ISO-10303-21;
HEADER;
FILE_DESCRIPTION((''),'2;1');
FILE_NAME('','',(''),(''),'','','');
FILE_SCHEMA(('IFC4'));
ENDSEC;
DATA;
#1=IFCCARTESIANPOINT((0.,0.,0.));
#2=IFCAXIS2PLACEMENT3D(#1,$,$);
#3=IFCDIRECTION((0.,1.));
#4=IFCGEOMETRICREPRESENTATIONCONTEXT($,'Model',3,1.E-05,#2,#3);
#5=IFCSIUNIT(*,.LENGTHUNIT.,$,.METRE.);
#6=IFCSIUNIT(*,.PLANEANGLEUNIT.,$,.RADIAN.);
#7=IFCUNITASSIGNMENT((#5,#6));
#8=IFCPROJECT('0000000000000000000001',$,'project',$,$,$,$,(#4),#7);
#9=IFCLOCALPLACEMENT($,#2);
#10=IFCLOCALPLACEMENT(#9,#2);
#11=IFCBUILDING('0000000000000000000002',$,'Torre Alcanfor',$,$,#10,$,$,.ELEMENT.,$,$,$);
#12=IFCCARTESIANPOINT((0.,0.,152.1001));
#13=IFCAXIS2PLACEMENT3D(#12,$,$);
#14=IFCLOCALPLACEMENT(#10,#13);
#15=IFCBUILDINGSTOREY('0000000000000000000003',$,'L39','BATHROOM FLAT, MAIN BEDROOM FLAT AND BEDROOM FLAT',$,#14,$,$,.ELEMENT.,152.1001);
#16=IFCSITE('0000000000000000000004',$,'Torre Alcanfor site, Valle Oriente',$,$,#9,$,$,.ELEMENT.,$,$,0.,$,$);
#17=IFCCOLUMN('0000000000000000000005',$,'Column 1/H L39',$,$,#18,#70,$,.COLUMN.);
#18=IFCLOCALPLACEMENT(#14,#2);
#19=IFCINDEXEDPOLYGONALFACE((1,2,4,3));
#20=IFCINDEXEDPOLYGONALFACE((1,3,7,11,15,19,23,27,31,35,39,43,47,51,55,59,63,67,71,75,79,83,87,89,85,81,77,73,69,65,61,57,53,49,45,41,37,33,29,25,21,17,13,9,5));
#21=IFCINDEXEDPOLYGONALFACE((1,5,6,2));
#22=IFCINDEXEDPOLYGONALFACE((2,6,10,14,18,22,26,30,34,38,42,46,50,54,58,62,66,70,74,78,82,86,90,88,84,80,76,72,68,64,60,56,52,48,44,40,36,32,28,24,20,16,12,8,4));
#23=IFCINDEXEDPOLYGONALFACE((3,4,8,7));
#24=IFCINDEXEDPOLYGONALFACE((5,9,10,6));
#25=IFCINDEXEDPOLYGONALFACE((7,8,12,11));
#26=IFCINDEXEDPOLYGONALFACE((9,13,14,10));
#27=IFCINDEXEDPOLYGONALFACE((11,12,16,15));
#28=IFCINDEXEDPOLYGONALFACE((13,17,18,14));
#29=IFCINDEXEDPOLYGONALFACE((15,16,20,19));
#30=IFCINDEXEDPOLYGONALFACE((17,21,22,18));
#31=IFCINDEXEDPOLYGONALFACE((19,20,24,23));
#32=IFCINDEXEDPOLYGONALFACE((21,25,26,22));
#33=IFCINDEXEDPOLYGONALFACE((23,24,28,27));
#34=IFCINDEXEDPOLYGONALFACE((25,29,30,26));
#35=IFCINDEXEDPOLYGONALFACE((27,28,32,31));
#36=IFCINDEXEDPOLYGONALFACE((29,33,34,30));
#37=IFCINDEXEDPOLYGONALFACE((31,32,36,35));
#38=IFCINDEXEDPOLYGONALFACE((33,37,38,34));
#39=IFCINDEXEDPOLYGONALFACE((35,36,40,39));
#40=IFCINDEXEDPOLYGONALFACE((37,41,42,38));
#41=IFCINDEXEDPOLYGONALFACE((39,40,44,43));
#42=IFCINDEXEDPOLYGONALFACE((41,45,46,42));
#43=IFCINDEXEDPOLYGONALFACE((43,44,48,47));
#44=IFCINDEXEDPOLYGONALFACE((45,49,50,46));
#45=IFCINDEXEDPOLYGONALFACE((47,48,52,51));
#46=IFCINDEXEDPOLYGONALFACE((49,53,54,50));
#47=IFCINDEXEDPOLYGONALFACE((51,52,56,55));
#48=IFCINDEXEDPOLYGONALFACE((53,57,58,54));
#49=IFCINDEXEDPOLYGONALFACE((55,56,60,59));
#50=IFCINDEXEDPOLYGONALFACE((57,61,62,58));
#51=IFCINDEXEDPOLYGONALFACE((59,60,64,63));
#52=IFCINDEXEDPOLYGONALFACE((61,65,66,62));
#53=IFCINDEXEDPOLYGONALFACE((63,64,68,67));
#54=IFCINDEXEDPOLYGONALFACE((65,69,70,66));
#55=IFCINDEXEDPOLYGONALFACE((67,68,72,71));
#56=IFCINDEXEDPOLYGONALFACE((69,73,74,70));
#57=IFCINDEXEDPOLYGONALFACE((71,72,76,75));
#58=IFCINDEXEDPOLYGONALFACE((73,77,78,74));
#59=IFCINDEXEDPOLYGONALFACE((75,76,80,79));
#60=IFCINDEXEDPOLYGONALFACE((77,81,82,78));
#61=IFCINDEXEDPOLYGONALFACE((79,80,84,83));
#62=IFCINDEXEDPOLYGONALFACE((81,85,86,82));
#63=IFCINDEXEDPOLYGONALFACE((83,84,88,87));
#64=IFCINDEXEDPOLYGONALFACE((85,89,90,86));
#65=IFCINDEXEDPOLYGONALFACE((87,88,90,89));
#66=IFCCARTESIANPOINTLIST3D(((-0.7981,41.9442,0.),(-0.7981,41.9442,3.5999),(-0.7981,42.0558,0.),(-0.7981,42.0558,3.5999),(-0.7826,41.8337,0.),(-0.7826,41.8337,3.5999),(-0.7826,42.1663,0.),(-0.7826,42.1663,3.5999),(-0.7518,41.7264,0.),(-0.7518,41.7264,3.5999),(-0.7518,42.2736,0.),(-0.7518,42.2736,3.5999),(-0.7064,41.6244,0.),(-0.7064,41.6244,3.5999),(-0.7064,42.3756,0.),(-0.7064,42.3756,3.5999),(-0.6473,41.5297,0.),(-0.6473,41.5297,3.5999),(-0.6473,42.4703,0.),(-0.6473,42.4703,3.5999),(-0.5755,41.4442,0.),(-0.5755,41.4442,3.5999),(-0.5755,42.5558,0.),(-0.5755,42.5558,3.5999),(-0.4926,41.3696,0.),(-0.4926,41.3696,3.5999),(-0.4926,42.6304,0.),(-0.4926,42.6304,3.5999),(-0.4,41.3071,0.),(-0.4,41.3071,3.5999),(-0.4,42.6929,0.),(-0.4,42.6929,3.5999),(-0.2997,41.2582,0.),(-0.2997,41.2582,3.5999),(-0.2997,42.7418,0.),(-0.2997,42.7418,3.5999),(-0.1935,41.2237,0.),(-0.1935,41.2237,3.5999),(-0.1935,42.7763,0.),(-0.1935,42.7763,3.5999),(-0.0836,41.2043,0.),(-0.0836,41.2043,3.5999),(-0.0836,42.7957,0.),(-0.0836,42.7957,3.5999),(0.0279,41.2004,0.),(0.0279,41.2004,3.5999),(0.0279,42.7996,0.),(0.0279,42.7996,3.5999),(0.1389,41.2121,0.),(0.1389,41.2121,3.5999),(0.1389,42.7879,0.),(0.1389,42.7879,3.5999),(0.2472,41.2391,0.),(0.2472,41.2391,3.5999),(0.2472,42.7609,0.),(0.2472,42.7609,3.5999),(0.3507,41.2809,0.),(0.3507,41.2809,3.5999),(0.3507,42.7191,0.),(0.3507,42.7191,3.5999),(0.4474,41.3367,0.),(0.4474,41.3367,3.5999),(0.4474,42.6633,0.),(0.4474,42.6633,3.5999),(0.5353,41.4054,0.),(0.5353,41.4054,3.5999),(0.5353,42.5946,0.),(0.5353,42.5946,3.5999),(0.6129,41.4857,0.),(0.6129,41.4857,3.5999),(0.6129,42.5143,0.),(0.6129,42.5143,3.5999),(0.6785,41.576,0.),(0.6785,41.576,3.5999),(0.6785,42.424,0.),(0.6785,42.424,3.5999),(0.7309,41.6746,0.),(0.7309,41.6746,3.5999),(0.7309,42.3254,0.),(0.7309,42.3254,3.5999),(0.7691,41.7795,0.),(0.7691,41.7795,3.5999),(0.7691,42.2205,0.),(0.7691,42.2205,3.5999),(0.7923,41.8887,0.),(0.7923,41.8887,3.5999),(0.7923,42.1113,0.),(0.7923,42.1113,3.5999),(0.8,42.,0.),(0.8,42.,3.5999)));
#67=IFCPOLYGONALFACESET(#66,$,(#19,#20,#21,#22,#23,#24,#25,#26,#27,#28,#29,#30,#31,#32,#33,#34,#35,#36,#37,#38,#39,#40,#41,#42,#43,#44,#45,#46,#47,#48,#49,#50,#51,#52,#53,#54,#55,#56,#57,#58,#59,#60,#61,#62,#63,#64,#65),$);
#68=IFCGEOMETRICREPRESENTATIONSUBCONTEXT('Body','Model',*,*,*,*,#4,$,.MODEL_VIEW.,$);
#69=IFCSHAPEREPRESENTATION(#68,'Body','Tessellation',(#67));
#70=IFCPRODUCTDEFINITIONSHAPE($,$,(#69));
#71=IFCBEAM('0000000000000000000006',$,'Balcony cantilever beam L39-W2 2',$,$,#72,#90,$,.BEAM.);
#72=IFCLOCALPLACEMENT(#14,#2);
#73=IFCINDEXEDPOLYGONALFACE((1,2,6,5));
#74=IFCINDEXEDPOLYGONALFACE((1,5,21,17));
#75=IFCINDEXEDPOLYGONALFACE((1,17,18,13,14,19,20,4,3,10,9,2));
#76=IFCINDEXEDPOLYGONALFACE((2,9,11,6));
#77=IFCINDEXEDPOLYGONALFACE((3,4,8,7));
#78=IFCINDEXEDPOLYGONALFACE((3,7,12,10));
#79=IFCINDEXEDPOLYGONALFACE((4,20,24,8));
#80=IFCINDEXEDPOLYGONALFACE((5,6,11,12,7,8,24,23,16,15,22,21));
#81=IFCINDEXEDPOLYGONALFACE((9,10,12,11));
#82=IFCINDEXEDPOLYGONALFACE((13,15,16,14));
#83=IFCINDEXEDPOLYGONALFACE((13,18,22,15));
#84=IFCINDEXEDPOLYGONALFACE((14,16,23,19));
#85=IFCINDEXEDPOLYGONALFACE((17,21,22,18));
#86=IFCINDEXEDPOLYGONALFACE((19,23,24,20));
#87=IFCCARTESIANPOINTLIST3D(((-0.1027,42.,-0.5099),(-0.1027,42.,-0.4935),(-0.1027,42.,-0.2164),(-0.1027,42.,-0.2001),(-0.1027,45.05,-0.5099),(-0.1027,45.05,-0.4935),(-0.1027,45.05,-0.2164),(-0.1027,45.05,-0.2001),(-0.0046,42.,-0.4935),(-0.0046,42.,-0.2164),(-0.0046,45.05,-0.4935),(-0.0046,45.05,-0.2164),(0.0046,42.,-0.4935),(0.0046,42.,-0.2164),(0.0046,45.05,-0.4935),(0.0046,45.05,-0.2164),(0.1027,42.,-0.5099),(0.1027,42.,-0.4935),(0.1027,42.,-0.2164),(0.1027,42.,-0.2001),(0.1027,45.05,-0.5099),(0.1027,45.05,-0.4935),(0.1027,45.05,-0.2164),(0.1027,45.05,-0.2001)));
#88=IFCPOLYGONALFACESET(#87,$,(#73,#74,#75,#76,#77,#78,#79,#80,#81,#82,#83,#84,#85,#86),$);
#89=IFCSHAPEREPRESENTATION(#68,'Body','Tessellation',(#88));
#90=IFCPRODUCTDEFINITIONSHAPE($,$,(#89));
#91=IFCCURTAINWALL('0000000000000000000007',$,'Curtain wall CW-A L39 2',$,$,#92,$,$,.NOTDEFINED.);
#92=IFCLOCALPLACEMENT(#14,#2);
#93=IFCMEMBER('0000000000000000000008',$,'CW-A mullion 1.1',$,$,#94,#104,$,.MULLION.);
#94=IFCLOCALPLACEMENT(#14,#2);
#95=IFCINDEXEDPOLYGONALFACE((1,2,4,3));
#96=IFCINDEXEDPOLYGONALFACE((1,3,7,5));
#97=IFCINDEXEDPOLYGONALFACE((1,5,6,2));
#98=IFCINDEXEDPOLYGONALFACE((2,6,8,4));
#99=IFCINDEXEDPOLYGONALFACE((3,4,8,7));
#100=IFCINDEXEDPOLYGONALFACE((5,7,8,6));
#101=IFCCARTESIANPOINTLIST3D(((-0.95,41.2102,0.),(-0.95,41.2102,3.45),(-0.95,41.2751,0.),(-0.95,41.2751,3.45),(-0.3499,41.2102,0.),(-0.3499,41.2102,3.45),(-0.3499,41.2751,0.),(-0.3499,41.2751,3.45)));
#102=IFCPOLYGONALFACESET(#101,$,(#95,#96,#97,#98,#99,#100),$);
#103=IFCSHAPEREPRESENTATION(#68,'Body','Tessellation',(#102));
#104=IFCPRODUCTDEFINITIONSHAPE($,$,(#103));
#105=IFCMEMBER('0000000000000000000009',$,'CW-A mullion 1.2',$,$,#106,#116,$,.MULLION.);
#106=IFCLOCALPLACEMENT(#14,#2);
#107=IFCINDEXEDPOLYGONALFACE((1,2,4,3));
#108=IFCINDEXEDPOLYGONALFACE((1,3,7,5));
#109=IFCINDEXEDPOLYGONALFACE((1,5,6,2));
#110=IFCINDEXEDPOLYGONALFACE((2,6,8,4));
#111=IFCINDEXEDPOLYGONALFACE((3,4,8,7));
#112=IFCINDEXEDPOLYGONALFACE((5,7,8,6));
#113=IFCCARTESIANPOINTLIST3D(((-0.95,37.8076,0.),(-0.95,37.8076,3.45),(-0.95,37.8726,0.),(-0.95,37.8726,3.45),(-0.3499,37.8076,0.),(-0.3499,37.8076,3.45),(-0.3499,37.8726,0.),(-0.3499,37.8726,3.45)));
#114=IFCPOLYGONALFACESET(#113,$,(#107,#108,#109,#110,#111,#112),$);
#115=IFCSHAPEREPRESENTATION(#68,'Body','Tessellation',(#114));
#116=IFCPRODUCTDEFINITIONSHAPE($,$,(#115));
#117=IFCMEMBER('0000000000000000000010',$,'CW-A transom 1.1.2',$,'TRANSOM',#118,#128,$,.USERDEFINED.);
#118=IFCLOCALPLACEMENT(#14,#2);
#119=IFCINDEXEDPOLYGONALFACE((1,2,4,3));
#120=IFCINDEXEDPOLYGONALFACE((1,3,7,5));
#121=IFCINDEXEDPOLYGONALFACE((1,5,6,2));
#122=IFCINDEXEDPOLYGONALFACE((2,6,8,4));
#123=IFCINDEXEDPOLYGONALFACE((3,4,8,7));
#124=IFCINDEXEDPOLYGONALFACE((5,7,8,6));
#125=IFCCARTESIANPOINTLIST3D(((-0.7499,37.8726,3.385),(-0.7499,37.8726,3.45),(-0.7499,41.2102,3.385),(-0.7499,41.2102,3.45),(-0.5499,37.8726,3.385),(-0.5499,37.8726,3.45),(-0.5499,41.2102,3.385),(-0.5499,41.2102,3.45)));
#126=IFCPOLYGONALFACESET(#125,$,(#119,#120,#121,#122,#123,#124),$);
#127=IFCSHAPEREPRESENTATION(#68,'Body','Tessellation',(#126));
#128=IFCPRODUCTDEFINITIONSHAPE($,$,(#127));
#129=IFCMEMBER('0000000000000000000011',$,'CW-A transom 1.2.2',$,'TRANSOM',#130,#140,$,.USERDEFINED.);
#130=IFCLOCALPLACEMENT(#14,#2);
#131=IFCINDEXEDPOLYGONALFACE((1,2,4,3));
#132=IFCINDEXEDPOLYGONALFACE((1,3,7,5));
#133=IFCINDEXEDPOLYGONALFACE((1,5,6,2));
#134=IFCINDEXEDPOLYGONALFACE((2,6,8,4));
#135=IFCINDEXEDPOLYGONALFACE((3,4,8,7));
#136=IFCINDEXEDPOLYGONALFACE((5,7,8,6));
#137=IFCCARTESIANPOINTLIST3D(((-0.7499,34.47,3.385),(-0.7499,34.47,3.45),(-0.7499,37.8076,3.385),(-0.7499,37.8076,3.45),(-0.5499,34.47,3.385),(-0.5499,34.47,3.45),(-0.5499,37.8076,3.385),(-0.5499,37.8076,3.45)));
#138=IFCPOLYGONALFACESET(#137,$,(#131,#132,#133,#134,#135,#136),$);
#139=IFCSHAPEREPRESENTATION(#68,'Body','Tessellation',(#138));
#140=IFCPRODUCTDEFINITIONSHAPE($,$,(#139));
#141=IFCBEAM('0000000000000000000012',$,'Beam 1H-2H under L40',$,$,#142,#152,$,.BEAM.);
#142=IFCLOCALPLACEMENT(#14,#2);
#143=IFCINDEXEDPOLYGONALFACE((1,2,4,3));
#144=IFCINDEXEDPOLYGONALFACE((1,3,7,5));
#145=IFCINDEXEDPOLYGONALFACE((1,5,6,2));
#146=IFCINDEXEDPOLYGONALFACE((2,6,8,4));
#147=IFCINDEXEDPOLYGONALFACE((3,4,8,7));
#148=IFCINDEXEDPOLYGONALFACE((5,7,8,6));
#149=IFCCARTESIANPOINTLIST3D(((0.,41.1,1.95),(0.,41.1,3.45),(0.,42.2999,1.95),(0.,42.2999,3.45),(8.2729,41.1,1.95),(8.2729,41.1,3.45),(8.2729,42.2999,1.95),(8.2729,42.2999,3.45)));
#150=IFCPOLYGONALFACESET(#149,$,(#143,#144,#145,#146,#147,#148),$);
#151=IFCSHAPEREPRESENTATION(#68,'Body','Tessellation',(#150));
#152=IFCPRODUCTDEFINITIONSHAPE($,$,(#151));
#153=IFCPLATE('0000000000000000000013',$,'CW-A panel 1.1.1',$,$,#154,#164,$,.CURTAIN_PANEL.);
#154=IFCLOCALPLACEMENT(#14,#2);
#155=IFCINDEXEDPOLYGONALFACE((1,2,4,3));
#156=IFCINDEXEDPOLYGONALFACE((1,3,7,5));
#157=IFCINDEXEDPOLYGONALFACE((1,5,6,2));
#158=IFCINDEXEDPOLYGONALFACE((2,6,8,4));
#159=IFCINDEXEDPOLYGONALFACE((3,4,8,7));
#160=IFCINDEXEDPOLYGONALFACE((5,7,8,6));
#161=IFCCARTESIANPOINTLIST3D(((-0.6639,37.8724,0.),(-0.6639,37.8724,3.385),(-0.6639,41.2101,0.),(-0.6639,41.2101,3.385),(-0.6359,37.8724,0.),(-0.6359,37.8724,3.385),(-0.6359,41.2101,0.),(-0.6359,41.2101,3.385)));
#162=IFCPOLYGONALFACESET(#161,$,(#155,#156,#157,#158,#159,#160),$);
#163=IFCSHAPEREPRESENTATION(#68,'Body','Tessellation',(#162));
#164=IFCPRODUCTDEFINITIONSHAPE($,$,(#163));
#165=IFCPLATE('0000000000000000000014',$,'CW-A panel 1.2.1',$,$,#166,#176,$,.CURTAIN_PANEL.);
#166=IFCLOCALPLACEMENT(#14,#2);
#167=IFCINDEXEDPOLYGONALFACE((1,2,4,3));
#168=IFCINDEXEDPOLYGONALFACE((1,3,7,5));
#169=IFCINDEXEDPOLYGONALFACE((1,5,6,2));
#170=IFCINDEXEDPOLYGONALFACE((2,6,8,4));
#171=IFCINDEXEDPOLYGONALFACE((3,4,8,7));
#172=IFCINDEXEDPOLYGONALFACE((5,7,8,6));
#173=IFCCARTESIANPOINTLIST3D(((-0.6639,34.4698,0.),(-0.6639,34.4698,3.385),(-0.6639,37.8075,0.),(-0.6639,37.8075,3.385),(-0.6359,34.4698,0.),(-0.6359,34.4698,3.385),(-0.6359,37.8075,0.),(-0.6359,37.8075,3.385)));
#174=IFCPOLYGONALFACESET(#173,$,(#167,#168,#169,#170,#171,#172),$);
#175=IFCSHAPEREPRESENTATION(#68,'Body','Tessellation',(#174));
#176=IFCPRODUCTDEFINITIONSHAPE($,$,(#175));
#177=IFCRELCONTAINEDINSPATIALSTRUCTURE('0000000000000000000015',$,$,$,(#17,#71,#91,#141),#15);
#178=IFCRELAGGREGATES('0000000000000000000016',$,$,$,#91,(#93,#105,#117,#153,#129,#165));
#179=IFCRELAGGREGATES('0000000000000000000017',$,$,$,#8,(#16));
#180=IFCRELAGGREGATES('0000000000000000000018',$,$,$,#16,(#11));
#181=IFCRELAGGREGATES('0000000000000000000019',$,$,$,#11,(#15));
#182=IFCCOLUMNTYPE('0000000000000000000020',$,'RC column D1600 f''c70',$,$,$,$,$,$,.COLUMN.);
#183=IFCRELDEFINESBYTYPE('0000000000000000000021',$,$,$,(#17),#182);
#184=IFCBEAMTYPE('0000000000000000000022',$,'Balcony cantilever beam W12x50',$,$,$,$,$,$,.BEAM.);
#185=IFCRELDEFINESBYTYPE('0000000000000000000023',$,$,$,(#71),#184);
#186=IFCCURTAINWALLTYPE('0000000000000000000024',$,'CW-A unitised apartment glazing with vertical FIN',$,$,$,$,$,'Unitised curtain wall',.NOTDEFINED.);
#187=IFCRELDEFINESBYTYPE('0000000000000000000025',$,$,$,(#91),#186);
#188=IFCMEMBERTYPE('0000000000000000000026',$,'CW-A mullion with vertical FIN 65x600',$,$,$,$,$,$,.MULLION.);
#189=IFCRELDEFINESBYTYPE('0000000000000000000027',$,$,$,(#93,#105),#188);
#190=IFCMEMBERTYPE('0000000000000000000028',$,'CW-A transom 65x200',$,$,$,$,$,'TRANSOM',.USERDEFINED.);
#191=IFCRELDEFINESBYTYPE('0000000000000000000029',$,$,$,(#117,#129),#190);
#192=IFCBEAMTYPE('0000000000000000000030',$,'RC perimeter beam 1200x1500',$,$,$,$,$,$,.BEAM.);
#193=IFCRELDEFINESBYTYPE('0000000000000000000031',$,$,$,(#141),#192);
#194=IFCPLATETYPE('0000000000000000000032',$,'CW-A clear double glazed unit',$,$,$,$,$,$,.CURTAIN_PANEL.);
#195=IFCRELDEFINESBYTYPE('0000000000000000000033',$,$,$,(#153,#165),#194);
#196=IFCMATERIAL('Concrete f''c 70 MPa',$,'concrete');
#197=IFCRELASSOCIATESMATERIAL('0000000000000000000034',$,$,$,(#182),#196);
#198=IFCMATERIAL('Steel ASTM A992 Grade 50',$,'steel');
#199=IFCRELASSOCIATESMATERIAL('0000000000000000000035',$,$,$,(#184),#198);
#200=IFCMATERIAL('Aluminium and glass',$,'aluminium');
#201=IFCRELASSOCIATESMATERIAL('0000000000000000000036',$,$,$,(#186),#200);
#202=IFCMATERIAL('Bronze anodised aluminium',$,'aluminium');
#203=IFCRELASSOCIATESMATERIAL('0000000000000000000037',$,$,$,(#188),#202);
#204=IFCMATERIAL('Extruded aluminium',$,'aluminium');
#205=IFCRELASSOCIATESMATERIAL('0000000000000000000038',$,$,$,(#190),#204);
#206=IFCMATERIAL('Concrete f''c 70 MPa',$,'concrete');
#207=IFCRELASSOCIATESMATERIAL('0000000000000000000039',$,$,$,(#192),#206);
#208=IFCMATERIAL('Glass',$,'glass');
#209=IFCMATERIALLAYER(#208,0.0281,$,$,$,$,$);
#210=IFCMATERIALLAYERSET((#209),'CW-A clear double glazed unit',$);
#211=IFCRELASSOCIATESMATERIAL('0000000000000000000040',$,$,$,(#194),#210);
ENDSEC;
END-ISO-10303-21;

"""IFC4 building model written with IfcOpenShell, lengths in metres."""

from ifc_helpers import new_model, si_unit, direction, frame, origin, origin_2d, place, context, subcontext, project, spatial, rectangle, circle, i_section, extrude, material, layer, layer_set, material_profile, profile_set, type_object, element, aggregate, save


model = new_model("IFC4")

# Units and contexts
model_context = context("Model", 3, precision=1e-05, world=origin(), true_north=direction((0.0, 1.0)))
body_context = subcontext(model_context, "Body", "Model", "MODEL_VIEW")
ifc_project = project(units=[si_unit("LENGTHUNIT", "METRE"), si_unit("PLANEANGLEUNIT", "RADIAN")], contexts=[model_context])

# Site, building, storey
site_placement = place(None, origin())
site = spatial("IfcSite", under=ifc_project, at=site_placement, Name="Torre Alcanfor site, Valle Oriente", CompositionType="ELEMENT", RefElevation=0.0)
building_placement = place(site_placement, origin())
building = spatial("IfcBuilding", under=site, at=building_placement, Name="Torre Alcanfor", CompositionType="ELEMENT")
storey_placement = place(building_placement, frame((0.0, 0.0, 152.1001)))
storey = spatial("IfcBuildingStorey", under=building, at=storey_placement, Name="L39", Description="BATHROOM FLAT, MAIN BEDROOM FLAT AND BEDROOM FLAT", CompositionType="ELEMENT", Elevation=152.1001)

# Column
ifc_material_1 = material(Name="Concrete f'c 70 MPa", Category="concrete")
ifc_material_profile_1 = material_profile(ifc_material_1, circle(Radius=0.8, at=origin_2d()), Name="D1600")
ifc_profile_set_1 = profile_set([ifc_material_profile_1], Name="Concrete f'c 70 MPa")
column_type = type_object("IfcColumnType", Name="RC column D1600 f'c70", PredefinedType="COLUMN", material=ifc_profile_set_1)
column_placement = place(storey_placement, frame((0.0, 42.0, 0.0), z_axis=(0.0, 0.0, 1.0), x_axis=(1.0, 0.0, 0.0)))
element("IfcColumn", 1, at=column_placement, inside=storey, type_object=column_type, Name="Column 1/H L39", PredefinedType="COLUMN", context=body_context, shape_type="SweptSolid", body=[
    extrude(circle(Radius=0.8, at=origin_2d()), origin(), (0.0, 0.0, 1.0), 3.5999),
])

# Beam
ifc_material_2 = material(Name="Steel ASTM A992 Grade 50", Category="steel")
ifc_material_profile_2 = material_profile(ifc_material_2, i_section(OverallWidth=0.2053, OverallDepth=0.3098, WebThickness=0.0093, FlangeThickness=0.0164, at=origin_2d()), Name="W12x50")
ifc_profile_set_2 = profile_set([ifc_material_profile_2], Name="Steel ASTM A992 Grade 50")
beam_type_1 = type_object("IfcBeamType", Name="Balcony cantilever beam W12x50", PredefinedType="BEAM", material=ifc_profile_set_2)
beam_1_placement = place(storey_placement, frame((0.0, 42.0, -0.355), z_axis=(0.0, 1.0, 0.0), x_axis=(-1.0, 0.0, 0.0)))
element("IfcBeam", 2, at=beam_1_placement, inside=storey, type_object=beam_type_1, Name="Balcony cantilever beam L39-W2 2", PredefinedType="BEAM", context=body_context, shape_type="SweptSolid", body=[
    extrude(i_section(OverallWidth=0.2053, OverallDepth=0.3098, WebThickness=0.0093, FlangeThickness=0.0164, at=origin_2d()), origin(), (0.0, 0.0, 1.0), 3.05),
])

# Curtain wall, members
ifc_material_3 = material(Name="Aluminium and glass", Category="aluminium")
curtain_wall_type = type_object("IfcCurtainWallType", Name="CW-A unitised apartment glazing with vertical FIN", ElementType="Unitised curtain wall", PredefinedType="NOTDEFINED", material=ifc_material_3)
curtain_wall_placement = place(storey_placement, origin())
curtain_wall = element("IfcCurtainWall", 3, at=curtain_wall_placement, inside=storey, type_object=curtain_wall_type, Name="Curtain wall CW-A L39 2", PredefinedType="NOTDEFINED")
ifc_material_4 = material(Name="Bronze anodised aluminium", Category="aluminium")
ifc_material_profile_3 = material_profile(ifc_material_4, rectangle(XDim=0.6001, YDim=0.0649, at=origin_2d()), Name="CW-A mullion 65x600")
ifc_profile_set_3 = profile_set([ifc_material_profile_3], Name="Bronze anodised aluminium")
member_type_1 = type_object("IfcMemberType", Name="CW-A mullion with vertical FIN 65x600", PredefinedType="MULLION", material=ifc_profile_set_3)
member_1_placement = place(storey_placement, frame((-0.6499, 41.2427, 0.0), z_axis=(0.0, 0.0, 1.0), x_axis=(1.0, 0.0, 0.0)))
member_1 = element("IfcMember", 4, at=member_1_placement, type_object=member_type_1, Name="CW-A mullion 1.1", PredefinedType="MULLION", context=body_context, shape_type="SweptSolid", body=[
    extrude(rectangle(XDim=0.6001, YDim=0.0649, at=origin_2d()), origin(), (0.0, 0.0, 1.0), 3.45),
])
member_2_placement = place(storey_placement, frame((-0.6499, 37.8401, 0.0), z_axis=(0.0, 0.0, 1.0), x_axis=(1.0, 0.0, 0.0)))
member_2 = element("IfcMember", 5, at=member_2_placement, type_object=member_type_1, Name="CW-A mullion 1.2", PredefinedType="MULLION", context=body_context, shape_type="SweptSolid", body=[
    extrude(rectangle(XDim=0.6001, YDim=0.0649, at=origin_2d()), origin(), (0.0, 0.0, 1.0), 3.45),
])
ifc_material_5 = material(Name="Extruded aluminium", Category="aluminium")
ifc_material_profile_4 = material_profile(ifc_material_5, rectangle(XDim=0.2, YDim=0.0649, at=origin_2d()), Name="CW-A transom 200x65")
ifc_profile_set_4 = profile_set([ifc_material_profile_4], Name="Extruded aluminium")
member_type_2 = type_object("IfcMemberType", Name="CW-A transom 65x200", ElementType="TRANSOM", PredefinedType="USERDEFINED", material=ifc_profile_set_4)
member_3_placement = place(storey_placement, frame((-0.6499, 41.2102, 3.4175), z_axis=(0.0, -1.0, 0.0), x_axis=(1.0, 0.0, 0.0)))
member_3 = element("IfcMember", 6, at=member_3_placement, type_object=member_type_2, Name="CW-A transom 1.1.2", ObjectType="TRANSOM", PredefinedType="USERDEFINED", context=body_context, shape_type="SweptSolid", body=[
    extrude(rectangle(XDim=0.2, YDim=0.0649, at=origin_2d()), origin(), (0.0, 0.0, 1.0), 3.3376),
])
member_4_placement = place(storey_placement, frame((-0.6499, 37.8076, 3.4175), z_axis=(0.0, -1.0, 0.0), x_axis=(1.0, 0.0, 0.0)))
member_4 = element("IfcMember", 7, at=member_4_placement, type_object=member_type_2, Name="CW-A transom 1.2.2", ObjectType="TRANSOM", PredefinedType="USERDEFINED", context=body_context, shape_type="SweptSolid", body=[
    extrude(rectangle(XDim=0.2, YDim=0.0649, at=origin_2d()), origin(), (0.0, 0.0, 1.0), 3.3376),
])

# Beam
ifc_material_6 = material(Name="Concrete f'c 70 MPa", Category="concrete")
ifc_material_profile_5 = material_profile(ifc_material_6, rectangle(XDim=1.2, YDim=1.5, at=origin_2d()), Name="1200x1500")
ifc_profile_set_5 = profile_set([ifc_material_profile_5], Name="Concrete f'c 70 MPa")
beam_type_2 = type_object("IfcBeamType", Name="RC perimeter beam 1200x1500", PredefinedType="BEAM", material=ifc_profile_set_5)
beam_2_placement = place(storey_placement, frame((0.0, 41.7, 2.7), z_axis=(1.0, 0.0, 0.0), x_axis=(0.0, 1.0, 0.0)))
element("IfcBeam", 8, at=beam_2_placement, inside=storey, type_object=beam_type_2, Name="Beam 1H-2H under L40", PredefinedType="BEAM", context=body_context, shape_type="SweptSolid", body=[
    extrude(rectangle(XDim=1.2, YDim=1.5, at=origin_2d()), origin(), (0.0, 0.0, 1.0), 8.2729),
])

# Plates
ifc_material_7 = material(Name="Glass", Category="glass")
ifc_layer_1 = layer(ifc_material_7, 0.0281)
ifc_layer_set_1 = layer_set([ifc_layer_1], Name="CW-A clear double glazed unit")
plate_type = type_object("IfcPlateType", Name="CW-A clear double glazed unit", PredefinedType="CURTAIN_PANEL", material=ifc_layer_set_1)
plate_1_placement = place(storey_placement, frame((-0.6499, 39.5413, 0.0), z_axis=(0.0, 0.0, 1.0), x_axis=(0.0, -1.0, 0.0)))
plate_1 = element("IfcPlate", 9, at=plate_1_placement, type_object=plate_type, Name="CW-A panel 1.1.1", PredefinedType="CURTAIN_PANEL", context=body_context, shape_type="SweptSolid", body=[
    extrude(rectangle(XDim=3.3376, YDim=0.0281, at=origin_2d()), origin(), (0.0, 0.0, 1.0), 3.385),
])
plate_2_placement = place(storey_placement, frame((-0.6499, 36.1387, 0.0), z_axis=(0.0, 0.0, 1.0), x_axis=(0.0, -1.0, 0.0)))
plate_2 = element("IfcPlate", 10, at=plate_2_placement, type_object=plate_type, Name="CW-A panel 1.2.1", PredefinedType="CURTAIN_PANEL", context=body_context, shape_type="SweptSolid", body=[
    extrude(rectangle(XDim=3.3376, YDim=0.0281, at=origin_2d()), origin(), (0.0, 0.0, 1.0), 3.385),
])
aggregate(curtain_wall, [member_1, member_2, member_3, plate_1, member_4, plate_2])

save(model, "model.ifc")
